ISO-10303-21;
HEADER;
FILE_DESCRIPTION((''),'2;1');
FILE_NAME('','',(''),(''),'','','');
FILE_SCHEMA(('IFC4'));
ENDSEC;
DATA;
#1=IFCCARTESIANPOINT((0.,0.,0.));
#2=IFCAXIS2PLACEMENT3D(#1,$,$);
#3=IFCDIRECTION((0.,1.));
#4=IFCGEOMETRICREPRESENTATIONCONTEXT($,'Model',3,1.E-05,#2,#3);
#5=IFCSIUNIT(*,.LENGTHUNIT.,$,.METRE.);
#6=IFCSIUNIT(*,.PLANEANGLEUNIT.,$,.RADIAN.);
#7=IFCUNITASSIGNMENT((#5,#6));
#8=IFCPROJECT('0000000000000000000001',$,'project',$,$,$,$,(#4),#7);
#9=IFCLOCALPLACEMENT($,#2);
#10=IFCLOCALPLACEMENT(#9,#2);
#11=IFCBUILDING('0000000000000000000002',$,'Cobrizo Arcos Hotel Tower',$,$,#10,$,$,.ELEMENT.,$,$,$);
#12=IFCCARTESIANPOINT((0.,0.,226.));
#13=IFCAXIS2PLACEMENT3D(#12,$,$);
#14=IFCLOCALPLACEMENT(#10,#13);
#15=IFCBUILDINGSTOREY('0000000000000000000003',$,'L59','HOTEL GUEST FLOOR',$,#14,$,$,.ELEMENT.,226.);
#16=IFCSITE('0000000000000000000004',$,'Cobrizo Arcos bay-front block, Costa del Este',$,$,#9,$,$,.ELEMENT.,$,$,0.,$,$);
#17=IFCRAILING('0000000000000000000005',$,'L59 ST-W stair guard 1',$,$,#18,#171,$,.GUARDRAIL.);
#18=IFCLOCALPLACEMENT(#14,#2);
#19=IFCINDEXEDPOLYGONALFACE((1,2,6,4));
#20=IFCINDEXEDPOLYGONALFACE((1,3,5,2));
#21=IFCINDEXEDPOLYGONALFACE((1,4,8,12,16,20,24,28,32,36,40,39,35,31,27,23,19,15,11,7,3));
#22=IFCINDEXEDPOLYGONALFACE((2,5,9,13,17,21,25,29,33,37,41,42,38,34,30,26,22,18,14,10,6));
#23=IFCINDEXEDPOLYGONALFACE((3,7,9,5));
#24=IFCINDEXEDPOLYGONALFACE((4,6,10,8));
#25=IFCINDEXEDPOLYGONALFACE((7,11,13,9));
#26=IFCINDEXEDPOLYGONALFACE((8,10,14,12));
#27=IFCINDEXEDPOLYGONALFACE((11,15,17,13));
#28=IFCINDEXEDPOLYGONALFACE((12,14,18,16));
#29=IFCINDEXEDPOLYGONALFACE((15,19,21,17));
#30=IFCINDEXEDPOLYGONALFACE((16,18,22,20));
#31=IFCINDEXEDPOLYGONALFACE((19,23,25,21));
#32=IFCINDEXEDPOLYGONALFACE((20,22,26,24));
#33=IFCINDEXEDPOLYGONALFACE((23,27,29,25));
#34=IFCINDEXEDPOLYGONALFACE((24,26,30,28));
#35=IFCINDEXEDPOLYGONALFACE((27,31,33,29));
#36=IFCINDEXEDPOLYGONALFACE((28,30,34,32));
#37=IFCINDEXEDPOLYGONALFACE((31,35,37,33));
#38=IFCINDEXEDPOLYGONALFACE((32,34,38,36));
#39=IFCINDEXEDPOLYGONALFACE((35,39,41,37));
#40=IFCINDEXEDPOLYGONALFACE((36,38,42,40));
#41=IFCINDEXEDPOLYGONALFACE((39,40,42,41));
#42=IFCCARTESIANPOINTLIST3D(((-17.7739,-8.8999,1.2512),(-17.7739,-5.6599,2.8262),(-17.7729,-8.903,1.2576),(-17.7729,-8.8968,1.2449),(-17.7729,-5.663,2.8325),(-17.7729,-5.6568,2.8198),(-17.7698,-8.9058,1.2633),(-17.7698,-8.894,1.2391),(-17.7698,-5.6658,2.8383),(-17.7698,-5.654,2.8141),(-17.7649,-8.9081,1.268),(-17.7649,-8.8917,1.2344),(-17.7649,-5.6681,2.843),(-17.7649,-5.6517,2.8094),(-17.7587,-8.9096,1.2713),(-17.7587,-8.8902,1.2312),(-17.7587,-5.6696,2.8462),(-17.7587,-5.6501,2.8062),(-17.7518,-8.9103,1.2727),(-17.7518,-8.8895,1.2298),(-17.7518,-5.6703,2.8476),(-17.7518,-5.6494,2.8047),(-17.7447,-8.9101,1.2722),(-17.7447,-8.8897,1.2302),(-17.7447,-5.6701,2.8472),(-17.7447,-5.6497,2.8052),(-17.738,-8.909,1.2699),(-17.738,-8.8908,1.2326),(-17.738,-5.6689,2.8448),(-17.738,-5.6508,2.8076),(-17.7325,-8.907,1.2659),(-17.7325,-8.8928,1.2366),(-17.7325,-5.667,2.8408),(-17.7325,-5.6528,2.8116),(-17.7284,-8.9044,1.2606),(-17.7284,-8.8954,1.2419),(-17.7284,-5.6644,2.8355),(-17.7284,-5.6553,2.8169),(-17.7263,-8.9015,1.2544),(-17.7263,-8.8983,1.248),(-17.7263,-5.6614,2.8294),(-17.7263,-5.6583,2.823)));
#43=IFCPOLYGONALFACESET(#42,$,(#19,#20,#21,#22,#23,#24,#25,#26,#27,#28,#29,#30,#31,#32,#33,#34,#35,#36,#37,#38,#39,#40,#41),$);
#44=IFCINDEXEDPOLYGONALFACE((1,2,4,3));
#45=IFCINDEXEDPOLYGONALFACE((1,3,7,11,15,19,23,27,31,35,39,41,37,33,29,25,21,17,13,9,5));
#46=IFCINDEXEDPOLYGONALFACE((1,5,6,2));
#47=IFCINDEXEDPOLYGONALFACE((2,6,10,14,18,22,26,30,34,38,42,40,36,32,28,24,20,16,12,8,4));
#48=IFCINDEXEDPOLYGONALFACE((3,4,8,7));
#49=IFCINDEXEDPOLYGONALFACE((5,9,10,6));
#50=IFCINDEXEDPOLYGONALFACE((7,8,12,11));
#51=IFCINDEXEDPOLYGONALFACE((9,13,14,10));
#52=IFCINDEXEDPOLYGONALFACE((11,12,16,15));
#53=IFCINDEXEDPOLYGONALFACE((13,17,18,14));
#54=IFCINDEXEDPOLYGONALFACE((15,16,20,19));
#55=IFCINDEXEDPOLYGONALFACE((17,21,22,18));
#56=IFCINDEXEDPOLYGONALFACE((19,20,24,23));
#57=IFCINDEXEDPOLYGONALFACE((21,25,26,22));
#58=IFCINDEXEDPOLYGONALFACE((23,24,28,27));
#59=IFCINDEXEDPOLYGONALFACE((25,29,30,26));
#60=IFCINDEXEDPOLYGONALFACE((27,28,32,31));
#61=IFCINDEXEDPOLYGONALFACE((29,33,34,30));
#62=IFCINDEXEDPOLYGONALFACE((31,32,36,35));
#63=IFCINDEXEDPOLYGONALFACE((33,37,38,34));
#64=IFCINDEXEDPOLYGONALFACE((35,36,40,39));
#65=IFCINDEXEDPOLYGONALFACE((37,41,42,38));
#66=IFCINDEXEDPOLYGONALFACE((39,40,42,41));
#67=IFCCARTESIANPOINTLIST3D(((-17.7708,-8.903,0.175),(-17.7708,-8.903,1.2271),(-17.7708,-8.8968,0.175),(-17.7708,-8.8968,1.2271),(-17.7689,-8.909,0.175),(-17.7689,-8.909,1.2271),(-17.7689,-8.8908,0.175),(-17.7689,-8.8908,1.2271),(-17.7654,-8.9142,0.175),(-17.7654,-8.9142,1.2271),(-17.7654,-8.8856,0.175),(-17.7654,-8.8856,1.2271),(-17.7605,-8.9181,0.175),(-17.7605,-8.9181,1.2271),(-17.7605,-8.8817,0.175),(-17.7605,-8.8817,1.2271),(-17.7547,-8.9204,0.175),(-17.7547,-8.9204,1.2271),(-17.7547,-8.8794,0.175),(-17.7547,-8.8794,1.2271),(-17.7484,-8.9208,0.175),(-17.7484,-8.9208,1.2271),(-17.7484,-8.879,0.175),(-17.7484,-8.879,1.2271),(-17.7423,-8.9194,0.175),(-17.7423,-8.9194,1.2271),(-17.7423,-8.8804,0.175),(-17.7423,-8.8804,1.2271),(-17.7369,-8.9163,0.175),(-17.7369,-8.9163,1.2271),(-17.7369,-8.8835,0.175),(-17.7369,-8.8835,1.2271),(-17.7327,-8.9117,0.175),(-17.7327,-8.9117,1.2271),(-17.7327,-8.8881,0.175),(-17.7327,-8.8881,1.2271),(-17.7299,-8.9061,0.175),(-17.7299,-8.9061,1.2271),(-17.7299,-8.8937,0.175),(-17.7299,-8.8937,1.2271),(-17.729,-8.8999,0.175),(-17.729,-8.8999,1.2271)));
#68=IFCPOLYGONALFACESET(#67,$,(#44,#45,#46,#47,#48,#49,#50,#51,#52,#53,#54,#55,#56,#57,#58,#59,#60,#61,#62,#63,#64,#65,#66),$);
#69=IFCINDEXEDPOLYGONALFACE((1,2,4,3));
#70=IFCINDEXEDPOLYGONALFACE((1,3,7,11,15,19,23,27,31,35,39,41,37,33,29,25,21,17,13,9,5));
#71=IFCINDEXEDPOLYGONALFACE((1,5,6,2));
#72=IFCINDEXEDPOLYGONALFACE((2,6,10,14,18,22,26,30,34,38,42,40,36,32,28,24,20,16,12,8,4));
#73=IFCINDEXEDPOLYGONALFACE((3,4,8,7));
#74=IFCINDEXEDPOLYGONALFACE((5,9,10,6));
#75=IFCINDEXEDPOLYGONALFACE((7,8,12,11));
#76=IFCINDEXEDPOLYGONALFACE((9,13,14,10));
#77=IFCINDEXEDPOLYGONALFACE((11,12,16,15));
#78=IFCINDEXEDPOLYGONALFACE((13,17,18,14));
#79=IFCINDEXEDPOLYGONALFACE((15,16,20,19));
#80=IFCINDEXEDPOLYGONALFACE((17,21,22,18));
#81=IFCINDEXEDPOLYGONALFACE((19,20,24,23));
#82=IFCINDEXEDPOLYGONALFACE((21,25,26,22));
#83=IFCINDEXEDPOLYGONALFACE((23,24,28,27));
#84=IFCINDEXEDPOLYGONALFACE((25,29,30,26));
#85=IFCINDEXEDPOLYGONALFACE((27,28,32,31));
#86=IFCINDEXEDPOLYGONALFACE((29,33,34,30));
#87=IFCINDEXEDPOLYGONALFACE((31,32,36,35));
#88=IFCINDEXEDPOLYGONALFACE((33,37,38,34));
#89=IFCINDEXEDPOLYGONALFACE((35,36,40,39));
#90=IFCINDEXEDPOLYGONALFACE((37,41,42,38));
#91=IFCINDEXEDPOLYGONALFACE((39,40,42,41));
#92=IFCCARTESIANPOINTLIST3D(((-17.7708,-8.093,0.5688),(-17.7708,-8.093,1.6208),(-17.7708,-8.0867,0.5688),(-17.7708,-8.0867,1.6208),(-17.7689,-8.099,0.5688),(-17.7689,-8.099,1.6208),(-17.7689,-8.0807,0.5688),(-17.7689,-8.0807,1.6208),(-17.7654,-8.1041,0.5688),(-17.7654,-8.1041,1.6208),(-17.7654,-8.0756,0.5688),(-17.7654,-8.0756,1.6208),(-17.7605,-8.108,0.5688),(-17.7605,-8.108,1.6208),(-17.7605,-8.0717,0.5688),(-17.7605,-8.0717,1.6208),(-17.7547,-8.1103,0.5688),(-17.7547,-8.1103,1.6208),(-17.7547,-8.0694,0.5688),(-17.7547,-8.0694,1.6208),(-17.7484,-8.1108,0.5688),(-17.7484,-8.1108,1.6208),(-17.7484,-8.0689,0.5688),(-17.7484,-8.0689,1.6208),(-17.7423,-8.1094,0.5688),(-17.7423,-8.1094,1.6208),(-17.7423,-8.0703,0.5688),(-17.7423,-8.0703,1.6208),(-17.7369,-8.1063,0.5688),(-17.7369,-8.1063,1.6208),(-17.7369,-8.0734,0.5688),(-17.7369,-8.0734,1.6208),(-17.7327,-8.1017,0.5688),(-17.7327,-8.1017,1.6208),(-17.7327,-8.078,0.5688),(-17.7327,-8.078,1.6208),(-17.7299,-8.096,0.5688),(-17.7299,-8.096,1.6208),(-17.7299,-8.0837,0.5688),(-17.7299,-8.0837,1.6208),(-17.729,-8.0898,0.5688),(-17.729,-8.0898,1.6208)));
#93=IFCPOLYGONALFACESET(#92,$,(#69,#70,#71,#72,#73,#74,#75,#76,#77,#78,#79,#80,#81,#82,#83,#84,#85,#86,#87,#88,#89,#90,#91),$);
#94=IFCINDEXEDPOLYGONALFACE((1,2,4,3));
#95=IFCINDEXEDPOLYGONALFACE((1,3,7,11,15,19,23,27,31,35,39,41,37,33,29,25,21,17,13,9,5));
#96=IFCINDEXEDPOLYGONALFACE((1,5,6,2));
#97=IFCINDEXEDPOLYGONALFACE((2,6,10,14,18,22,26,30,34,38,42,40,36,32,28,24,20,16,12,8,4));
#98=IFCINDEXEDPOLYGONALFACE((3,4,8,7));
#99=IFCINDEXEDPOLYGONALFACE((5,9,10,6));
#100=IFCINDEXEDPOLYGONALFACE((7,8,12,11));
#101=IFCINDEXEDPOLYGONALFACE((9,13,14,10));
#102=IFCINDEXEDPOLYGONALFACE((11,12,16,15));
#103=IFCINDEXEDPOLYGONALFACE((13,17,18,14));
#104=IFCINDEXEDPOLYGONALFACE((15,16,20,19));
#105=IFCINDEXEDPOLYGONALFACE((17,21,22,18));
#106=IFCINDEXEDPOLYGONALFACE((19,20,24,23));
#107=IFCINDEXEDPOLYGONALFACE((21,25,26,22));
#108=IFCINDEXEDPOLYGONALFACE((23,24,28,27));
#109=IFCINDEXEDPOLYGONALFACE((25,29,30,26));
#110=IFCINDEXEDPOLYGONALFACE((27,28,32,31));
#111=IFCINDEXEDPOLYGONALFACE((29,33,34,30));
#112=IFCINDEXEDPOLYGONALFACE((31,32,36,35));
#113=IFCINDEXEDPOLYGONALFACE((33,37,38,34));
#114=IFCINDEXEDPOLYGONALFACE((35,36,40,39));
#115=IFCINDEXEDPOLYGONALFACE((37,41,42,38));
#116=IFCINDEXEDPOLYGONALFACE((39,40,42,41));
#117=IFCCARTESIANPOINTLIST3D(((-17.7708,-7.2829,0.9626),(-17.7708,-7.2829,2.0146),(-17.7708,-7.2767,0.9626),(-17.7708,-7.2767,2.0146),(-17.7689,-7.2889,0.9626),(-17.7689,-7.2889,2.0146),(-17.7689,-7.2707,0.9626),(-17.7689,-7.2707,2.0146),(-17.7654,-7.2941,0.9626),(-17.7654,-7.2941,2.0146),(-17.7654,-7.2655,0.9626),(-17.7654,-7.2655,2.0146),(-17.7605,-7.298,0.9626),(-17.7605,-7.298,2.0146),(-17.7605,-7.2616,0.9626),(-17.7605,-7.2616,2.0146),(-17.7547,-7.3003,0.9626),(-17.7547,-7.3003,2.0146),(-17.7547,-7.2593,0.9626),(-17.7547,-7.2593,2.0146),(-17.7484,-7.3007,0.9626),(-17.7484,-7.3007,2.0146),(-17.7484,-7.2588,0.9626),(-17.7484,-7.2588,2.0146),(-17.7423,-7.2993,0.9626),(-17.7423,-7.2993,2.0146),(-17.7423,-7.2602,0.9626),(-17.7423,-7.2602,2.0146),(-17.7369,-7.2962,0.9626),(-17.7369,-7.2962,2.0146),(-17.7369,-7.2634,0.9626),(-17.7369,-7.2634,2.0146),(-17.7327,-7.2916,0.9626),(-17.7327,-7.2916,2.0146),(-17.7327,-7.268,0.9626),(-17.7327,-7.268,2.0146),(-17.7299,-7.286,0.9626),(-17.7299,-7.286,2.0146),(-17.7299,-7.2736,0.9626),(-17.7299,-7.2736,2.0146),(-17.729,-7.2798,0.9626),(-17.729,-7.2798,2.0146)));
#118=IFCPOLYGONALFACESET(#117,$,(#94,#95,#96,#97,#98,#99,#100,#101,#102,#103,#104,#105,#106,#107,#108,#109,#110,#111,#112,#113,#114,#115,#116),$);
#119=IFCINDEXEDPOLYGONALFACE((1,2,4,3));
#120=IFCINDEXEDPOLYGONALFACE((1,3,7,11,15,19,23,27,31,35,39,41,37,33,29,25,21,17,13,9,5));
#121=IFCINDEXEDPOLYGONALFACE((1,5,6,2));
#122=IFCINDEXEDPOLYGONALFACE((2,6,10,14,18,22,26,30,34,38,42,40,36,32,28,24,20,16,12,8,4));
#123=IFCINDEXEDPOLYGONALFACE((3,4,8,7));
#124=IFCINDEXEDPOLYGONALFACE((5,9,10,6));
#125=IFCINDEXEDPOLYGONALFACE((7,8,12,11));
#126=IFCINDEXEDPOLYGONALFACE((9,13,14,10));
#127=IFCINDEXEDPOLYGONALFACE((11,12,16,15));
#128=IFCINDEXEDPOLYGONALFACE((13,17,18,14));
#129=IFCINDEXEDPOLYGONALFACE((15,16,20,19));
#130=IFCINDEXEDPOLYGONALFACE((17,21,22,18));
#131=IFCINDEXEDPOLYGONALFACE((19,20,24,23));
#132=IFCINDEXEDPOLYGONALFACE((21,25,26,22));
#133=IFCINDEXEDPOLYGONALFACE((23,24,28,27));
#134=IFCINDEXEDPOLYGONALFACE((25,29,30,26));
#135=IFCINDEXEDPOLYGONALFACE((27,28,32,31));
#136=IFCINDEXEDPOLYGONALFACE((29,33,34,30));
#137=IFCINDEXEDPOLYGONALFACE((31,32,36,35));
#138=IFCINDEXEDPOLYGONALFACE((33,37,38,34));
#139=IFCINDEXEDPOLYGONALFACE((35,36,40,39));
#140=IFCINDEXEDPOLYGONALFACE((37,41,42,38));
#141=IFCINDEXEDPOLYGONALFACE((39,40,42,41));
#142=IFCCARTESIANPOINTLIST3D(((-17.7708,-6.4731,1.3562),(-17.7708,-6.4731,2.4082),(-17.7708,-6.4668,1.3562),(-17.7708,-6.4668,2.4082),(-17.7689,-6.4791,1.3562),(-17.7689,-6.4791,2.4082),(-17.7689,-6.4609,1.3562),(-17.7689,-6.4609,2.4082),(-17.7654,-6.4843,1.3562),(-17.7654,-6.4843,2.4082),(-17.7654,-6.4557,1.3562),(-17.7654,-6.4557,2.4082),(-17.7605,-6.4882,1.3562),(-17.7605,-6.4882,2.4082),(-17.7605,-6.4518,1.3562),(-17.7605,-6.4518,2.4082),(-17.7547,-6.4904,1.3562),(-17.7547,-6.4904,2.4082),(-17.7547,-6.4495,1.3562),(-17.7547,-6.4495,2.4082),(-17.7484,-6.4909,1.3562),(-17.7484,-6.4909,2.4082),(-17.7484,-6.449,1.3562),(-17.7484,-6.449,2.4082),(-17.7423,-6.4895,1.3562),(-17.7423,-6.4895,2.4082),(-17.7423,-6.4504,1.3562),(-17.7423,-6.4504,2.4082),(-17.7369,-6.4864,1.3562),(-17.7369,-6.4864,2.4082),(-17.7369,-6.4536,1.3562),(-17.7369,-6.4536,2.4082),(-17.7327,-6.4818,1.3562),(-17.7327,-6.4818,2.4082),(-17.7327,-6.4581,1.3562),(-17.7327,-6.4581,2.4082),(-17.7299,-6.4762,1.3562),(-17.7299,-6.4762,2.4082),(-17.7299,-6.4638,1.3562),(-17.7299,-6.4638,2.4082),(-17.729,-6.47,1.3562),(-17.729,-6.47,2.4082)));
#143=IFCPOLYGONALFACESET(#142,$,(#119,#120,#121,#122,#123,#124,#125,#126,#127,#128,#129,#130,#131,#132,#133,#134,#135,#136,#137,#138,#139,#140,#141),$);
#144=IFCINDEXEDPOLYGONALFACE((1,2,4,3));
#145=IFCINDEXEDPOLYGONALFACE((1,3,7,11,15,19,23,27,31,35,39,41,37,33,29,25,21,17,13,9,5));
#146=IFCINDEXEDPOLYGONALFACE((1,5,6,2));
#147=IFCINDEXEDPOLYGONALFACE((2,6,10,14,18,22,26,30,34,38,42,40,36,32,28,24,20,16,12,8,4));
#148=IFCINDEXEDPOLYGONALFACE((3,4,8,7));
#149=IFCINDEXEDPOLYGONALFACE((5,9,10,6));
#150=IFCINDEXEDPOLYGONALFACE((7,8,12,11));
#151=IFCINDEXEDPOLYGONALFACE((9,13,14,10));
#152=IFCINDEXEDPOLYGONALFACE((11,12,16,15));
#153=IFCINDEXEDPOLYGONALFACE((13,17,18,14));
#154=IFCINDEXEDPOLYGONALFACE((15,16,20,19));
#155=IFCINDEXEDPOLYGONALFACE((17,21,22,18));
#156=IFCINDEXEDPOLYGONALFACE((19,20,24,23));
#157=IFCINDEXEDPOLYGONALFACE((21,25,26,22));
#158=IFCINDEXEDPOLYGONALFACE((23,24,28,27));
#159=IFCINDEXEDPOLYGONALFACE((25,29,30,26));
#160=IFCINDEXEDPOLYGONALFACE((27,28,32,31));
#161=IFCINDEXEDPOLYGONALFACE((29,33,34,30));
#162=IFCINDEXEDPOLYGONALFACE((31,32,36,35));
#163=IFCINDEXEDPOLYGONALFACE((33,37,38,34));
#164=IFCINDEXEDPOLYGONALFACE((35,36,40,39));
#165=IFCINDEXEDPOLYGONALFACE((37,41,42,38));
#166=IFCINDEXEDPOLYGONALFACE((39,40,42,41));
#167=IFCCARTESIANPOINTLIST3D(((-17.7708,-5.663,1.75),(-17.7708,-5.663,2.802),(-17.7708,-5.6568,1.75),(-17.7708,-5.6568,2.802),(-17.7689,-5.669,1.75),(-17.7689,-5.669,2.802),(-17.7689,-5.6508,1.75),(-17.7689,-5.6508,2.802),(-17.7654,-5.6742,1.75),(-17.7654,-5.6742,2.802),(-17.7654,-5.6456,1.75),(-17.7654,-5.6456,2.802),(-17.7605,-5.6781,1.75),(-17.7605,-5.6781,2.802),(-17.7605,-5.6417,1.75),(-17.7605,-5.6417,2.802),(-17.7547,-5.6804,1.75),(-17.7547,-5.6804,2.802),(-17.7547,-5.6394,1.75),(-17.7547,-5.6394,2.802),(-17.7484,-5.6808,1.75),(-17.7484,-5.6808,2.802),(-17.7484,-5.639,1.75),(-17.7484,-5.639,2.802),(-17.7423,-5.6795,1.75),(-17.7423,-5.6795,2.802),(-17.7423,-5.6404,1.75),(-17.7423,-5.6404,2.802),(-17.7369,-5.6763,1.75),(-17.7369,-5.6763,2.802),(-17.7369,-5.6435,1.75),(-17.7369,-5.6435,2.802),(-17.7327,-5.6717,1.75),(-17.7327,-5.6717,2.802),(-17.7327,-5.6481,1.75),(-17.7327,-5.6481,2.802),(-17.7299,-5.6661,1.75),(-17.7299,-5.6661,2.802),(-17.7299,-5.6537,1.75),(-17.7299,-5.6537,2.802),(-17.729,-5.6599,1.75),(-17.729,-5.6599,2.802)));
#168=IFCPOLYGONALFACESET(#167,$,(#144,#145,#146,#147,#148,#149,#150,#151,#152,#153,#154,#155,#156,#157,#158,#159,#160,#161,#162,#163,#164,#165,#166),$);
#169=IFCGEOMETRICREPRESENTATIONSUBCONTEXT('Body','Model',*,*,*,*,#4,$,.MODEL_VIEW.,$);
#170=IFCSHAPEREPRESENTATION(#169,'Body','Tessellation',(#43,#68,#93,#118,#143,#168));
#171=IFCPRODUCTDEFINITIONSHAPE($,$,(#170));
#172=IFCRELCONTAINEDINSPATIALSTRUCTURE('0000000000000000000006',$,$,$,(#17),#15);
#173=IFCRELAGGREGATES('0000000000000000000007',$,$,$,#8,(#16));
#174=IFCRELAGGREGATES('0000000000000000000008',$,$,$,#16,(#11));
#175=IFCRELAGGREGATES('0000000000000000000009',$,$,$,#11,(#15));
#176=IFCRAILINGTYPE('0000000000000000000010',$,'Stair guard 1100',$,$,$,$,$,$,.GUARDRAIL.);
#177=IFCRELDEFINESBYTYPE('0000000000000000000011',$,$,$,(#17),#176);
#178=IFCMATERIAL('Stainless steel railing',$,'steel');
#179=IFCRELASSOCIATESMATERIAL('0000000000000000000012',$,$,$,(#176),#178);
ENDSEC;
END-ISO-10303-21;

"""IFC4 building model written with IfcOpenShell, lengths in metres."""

from ifc_helpers import new_model, si_unit, direction, frame, origin, origin_2d, place, context, subcontext, project, spatial, circle, extrude, material, type_object, element, save


model = new_model("IFC4")

# Units and contexts
model_context = context("Model", 3, precision=1e-05, world=origin(), true_north=direction((0.0, 1.0)))
body_context = subcontext(model_context, "Body", "Model", "MODEL_VIEW")
ifc_project = project(units=[si_unit("LENGTHUNIT", "METRE"), si_unit("PLANEANGLEUNIT", "RADIAN")], contexts=[model_context])

# Site, building, storey
site_placement = place(None, origin())
site = spatial("IfcSite", under=ifc_project, at=site_placement, Name="Cobrizo Arcos bay-front block, Costa del Este", CompositionType="ELEMENT", RefElevation=0.0)
building_placement = place(site_placement, origin())
building = spatial("IfcBuilding", under=site, at=building_placement, Name="Cobrizo Arcos Hotel Tower", CompositionType="ELEMENT")
storey_placement = place(building_placement, frame((0.0, 0.0, 226.0)))
storey = spatial("IfcBuildingStorey", under=building, at=storey_placement, Name="L59", Description="HOTEL GUEST FLOOR", CompositionType="ELEMENT", Elevation=226.0)

# Railing
ifc_material_1 = material(Name="Stainless steel railing", Category="steel")
railing_type_1 = type_object("IfcRailingType", Name="Stair guard 1100", PredefinedType="GUARDRAIL", material=ifc_material_1)
railing_1_placement = place(storey_placement, frame((-17.75, -8.8999, 0.175)))
element("IfcRailing", 1, at=railing_1_placement, inside=storey, type_object=railing_type_1, Name="L59 ST-W stair guard 1", PredefinedType="GUARDRAIL", context=body_context, shape_type="SweptSolid", body=[
    extrude(circle(Radius=0.0239, at=origin_2d()), frame((0.0, 0.0, 1.0762), z_axis=(0.0, 0.899373, 0.437183), x_axis=(-1.0, 0.0, 0.0)), (0.0, 0.0, 1.0), 3.6025),
    extrude(circle(Radius=0.021, at=origin_2d()), origin(), (0.0, 0.0, 1.0), 1.052),
    extrude(circle(Radius=0.021, at=origin_2d()), frame((0.0, 0.8101, 0.3938)), (0.0, 0.0, 1.0), 1.052),
    extrude(circle(Radius=0.021, at=origin_2d()), frame((0.0, 1.6201, 0.7876)), (0.0, 0.0, 1.0), 1.052),
    extrude(circle(Radius=0.021, at=origin_2d()), frame((0.0, 2.4299, 1.1812)), (0.0, 0.0, 1.0), 1.052),
    extrude(circle(Radius=0.021, at=origin_2d()), frame((0.0, 3.24, 1.575)), (0.0, 0.0, 1.0), 1.052),
])

save(model, "model.ifc")
